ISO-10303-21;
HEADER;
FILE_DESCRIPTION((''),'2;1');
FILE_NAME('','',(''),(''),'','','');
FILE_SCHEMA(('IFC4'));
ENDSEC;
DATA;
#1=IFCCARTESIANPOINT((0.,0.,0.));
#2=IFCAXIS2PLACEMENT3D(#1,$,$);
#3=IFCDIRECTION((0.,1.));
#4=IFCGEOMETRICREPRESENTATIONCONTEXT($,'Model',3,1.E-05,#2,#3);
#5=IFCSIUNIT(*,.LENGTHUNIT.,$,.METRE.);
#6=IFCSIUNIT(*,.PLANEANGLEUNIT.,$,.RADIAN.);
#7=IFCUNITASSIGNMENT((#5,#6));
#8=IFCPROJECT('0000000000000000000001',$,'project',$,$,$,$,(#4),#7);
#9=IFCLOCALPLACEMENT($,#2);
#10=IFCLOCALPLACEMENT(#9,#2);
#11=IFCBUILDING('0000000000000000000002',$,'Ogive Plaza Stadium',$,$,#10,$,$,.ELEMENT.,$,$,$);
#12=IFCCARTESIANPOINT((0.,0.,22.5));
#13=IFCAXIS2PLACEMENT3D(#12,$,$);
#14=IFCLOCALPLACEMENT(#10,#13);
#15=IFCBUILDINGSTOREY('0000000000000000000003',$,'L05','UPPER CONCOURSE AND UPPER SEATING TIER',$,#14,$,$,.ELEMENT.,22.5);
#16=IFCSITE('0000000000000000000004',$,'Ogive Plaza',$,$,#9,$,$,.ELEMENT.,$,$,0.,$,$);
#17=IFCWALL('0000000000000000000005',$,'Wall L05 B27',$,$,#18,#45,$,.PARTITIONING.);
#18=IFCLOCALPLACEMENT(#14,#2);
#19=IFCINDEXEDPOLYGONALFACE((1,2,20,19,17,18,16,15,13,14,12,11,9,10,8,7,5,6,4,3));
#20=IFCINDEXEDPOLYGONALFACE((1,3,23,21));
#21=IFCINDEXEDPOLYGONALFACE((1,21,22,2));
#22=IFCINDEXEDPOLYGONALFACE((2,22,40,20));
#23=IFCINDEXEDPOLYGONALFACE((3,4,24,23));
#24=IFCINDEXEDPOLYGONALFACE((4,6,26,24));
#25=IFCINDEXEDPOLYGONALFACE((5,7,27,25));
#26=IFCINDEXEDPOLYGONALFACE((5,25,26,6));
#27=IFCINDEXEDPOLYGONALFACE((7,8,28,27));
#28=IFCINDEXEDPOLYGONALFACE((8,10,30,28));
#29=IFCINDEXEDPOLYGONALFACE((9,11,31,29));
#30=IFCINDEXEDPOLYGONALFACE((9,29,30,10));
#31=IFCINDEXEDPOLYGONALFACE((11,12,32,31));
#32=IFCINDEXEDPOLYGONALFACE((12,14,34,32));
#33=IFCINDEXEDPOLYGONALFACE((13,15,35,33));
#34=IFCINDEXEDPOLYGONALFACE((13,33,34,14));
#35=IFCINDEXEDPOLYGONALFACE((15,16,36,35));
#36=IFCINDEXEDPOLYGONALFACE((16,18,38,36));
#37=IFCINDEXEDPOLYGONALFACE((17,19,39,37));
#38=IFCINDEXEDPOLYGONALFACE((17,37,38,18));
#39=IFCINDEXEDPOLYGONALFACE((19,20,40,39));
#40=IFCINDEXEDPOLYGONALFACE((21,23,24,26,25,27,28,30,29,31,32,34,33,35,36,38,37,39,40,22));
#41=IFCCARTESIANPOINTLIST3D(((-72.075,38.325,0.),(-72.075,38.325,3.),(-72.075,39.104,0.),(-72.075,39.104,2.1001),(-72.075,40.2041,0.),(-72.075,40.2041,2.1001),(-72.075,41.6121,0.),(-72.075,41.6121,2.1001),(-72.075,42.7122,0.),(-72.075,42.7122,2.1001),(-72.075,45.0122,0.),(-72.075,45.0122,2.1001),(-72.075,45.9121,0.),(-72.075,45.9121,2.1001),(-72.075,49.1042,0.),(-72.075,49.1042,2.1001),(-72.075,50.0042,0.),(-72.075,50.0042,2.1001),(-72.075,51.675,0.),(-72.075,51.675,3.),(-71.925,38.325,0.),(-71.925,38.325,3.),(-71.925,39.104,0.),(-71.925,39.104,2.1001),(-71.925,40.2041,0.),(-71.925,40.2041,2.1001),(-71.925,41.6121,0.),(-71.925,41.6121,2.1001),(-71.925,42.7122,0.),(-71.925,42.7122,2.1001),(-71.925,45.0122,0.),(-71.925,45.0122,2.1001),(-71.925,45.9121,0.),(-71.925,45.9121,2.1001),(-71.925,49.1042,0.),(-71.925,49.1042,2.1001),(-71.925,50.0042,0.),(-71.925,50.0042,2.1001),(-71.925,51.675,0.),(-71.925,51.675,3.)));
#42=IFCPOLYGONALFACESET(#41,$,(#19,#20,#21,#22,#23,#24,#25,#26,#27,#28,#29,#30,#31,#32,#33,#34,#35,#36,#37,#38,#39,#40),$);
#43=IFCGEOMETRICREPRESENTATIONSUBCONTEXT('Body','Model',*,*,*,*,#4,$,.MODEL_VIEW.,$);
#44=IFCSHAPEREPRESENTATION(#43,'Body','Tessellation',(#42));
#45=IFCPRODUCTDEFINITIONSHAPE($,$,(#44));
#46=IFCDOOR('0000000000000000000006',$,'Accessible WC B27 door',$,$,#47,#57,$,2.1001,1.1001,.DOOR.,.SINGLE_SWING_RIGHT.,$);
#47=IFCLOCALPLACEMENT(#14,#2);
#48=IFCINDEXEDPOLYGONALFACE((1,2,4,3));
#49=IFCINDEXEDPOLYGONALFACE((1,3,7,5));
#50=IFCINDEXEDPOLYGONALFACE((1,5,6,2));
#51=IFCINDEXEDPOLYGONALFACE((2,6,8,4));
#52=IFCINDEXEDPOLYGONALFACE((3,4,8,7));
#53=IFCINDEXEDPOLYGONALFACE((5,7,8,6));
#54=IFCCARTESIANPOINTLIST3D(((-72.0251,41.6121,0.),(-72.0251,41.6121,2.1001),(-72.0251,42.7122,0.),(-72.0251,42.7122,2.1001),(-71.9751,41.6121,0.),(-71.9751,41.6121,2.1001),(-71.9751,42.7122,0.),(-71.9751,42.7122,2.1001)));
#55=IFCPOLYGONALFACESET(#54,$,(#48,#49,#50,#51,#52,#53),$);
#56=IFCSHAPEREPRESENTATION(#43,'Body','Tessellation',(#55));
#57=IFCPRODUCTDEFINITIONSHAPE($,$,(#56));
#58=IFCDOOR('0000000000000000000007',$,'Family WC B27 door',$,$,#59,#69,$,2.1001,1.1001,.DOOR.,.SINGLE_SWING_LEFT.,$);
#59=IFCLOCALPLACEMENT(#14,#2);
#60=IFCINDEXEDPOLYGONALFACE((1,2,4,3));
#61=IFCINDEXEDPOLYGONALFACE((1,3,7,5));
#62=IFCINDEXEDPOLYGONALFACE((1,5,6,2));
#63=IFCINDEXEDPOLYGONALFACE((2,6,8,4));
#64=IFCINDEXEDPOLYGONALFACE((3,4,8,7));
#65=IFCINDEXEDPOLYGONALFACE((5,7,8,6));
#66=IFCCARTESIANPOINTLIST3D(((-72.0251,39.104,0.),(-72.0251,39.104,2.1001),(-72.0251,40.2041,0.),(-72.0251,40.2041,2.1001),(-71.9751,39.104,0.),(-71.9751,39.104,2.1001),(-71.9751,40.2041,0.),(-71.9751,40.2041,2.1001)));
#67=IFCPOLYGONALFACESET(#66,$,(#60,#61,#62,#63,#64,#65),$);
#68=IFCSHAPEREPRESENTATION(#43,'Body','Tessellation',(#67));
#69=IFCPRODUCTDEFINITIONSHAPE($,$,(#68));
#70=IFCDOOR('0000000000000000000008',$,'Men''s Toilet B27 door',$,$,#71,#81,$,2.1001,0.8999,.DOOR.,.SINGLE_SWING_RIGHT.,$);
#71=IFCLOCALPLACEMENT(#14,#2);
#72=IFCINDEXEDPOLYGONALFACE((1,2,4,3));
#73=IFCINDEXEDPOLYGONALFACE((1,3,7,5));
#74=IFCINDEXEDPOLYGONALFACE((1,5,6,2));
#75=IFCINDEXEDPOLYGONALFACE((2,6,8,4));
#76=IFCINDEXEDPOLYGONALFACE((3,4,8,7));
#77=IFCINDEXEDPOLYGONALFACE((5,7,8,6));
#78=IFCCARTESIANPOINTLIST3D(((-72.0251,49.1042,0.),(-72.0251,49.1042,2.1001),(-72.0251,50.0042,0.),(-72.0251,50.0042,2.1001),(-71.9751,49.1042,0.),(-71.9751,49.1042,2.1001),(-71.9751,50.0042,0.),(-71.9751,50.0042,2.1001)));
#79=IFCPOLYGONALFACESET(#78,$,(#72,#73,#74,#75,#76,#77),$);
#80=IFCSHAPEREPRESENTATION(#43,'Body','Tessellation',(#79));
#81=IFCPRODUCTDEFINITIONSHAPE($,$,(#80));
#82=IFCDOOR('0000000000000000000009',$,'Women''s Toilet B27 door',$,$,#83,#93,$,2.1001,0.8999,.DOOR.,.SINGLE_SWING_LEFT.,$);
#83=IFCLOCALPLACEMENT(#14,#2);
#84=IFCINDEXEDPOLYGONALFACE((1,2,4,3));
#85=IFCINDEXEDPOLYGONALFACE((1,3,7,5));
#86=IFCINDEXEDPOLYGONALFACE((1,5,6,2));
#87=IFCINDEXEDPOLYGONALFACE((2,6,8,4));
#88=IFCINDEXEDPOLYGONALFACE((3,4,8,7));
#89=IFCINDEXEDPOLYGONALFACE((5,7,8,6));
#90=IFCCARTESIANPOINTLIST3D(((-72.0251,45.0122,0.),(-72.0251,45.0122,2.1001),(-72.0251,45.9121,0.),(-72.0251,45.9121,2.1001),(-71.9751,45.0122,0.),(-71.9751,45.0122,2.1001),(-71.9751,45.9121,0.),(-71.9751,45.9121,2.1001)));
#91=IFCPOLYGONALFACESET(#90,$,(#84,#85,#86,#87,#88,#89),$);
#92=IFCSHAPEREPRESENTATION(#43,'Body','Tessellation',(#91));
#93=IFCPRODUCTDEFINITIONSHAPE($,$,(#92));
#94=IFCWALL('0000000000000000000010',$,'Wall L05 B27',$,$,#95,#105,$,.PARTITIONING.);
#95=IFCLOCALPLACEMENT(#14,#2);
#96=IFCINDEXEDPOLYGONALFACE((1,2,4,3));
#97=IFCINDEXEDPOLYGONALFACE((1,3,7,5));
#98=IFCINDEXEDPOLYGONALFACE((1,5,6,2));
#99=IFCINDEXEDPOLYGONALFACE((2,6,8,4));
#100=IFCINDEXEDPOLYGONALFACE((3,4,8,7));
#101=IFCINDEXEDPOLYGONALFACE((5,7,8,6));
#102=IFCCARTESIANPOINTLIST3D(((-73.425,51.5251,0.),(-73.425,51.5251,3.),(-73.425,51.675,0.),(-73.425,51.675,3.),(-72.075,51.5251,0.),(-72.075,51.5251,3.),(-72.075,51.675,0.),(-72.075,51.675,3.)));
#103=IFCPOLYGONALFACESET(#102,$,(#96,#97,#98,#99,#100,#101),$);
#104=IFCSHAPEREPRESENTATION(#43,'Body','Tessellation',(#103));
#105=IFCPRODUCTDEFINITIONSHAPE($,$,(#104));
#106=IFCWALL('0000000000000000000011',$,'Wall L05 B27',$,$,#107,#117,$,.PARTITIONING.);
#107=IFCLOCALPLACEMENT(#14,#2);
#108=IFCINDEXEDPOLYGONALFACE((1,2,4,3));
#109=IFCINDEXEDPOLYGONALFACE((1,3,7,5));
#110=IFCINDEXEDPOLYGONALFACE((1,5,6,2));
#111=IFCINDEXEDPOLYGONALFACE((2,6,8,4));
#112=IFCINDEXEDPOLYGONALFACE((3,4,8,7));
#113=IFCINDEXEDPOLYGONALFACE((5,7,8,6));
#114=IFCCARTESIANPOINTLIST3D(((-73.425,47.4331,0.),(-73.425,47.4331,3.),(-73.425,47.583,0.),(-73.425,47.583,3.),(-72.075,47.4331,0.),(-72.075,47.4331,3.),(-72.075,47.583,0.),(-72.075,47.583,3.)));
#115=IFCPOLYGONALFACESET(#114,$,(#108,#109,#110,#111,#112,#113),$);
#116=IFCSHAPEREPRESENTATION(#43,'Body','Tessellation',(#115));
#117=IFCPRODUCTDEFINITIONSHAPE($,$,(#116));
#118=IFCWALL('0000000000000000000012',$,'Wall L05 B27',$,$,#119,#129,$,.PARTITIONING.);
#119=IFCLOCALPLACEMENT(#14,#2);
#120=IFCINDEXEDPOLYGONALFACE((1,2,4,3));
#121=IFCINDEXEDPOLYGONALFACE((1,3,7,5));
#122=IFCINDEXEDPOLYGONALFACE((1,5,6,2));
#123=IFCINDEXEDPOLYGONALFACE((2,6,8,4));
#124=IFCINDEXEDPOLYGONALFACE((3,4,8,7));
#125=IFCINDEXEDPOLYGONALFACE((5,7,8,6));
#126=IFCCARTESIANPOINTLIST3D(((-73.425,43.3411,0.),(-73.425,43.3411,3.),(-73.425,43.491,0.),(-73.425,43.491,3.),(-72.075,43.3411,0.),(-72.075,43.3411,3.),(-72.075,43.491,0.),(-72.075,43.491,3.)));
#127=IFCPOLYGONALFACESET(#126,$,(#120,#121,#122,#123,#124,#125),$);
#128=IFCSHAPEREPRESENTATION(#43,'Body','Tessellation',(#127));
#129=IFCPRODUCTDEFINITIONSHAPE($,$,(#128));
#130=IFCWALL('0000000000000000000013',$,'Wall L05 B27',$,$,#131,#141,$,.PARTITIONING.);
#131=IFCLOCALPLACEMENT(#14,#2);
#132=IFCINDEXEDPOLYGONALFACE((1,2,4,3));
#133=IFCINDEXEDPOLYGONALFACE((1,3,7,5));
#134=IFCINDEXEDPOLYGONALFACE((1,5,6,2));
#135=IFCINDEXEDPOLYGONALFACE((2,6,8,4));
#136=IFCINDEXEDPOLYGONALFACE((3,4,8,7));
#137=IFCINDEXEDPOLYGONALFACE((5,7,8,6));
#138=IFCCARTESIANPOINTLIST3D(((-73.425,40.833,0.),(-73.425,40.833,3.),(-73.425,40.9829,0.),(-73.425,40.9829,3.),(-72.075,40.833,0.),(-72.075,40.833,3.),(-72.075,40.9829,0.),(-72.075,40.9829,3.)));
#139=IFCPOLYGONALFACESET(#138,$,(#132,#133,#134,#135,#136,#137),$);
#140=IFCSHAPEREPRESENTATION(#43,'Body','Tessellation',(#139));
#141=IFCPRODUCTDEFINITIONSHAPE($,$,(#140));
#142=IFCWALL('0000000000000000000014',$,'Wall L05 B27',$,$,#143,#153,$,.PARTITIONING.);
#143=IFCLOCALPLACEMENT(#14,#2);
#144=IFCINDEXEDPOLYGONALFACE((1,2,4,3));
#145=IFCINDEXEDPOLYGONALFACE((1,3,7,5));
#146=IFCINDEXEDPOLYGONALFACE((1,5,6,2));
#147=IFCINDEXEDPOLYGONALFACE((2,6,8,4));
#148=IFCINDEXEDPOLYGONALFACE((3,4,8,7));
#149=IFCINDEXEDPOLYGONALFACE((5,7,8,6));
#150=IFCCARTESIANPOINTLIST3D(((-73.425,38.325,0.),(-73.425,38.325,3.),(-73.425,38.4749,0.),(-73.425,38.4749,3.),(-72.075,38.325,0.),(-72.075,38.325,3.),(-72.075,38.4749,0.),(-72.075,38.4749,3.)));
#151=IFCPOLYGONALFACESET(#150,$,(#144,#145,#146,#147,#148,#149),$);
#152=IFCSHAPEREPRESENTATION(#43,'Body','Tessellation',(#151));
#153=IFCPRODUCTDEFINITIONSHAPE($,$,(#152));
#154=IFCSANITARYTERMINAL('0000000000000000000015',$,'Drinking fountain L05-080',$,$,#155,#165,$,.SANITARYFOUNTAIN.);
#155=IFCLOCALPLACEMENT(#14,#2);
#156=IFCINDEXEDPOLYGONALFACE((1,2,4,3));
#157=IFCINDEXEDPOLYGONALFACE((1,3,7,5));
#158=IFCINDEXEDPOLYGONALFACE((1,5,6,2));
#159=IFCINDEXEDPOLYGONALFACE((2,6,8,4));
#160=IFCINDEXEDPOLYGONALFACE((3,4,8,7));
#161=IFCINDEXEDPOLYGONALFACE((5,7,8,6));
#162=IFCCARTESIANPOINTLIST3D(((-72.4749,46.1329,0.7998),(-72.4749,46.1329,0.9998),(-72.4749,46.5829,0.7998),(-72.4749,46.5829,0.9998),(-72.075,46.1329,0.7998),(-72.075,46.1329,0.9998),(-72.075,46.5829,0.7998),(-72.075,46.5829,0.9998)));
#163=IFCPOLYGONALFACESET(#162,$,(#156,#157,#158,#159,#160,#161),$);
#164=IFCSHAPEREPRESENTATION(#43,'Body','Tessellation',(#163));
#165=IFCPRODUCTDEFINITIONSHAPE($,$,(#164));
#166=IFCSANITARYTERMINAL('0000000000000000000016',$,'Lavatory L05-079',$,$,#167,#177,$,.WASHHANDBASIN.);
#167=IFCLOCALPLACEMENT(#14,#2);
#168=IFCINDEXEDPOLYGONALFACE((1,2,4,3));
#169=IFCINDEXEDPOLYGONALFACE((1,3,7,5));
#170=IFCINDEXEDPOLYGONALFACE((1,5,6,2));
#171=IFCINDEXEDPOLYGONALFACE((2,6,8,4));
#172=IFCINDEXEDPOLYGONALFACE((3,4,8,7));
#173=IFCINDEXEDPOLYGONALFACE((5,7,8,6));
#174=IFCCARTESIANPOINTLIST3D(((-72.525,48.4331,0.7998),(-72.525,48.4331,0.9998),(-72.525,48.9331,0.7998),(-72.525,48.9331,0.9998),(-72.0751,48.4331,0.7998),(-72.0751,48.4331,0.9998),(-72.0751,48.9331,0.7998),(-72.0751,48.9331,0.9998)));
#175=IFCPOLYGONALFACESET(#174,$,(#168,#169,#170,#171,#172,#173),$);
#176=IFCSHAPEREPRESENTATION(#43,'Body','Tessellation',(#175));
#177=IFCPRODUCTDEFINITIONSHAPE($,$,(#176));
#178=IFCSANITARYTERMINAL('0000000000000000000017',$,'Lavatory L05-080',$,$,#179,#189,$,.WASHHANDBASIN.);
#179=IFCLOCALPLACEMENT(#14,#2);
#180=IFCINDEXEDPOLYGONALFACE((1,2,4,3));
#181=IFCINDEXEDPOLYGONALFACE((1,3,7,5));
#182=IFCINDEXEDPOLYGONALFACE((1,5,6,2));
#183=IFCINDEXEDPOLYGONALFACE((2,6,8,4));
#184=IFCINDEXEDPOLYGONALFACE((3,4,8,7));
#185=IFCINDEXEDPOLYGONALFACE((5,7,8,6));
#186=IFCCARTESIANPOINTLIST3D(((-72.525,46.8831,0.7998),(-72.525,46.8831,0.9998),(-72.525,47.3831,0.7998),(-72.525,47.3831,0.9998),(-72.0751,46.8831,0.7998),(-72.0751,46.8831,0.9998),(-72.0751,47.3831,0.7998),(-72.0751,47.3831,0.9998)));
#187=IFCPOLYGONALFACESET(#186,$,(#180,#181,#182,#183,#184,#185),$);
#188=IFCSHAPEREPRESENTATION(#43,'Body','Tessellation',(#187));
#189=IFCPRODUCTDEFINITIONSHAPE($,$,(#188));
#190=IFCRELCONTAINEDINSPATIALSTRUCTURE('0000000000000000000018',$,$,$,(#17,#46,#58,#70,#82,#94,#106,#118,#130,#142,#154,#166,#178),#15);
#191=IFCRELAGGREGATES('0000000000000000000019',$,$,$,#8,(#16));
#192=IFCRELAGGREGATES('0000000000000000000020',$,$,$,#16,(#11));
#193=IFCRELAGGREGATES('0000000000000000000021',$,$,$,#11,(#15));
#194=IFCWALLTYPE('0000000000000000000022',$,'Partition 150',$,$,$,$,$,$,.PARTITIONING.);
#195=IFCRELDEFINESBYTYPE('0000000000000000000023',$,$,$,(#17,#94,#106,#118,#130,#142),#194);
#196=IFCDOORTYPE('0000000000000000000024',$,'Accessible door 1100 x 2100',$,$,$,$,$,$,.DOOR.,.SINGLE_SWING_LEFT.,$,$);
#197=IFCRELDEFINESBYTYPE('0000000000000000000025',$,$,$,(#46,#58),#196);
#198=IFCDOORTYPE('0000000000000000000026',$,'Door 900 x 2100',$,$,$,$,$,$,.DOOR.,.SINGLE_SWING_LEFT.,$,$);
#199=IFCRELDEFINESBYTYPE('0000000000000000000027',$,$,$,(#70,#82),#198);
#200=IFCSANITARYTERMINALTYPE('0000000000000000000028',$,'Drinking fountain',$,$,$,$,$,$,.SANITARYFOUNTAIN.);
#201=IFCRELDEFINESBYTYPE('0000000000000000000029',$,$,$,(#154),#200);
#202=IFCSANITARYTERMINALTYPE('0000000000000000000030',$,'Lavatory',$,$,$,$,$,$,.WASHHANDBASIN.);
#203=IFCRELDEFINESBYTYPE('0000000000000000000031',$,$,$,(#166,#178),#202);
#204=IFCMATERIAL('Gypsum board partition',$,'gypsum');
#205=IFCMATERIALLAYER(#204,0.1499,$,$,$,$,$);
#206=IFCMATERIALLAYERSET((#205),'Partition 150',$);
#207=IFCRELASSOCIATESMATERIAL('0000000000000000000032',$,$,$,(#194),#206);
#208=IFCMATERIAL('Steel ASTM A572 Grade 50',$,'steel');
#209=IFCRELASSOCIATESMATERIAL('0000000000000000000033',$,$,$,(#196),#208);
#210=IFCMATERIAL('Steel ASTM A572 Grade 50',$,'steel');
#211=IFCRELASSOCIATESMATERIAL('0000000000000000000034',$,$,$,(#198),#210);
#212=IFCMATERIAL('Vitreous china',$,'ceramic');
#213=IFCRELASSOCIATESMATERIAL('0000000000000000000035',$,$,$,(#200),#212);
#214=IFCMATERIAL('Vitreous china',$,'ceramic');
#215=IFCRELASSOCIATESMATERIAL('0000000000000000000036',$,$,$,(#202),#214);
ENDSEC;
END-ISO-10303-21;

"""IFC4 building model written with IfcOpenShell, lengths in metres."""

from ifc_helpers import new_model, si_unit, direction, frame, frame_2d, origin, origin_2d, place, context, subcontext, project, spatial, rectangle, extrude, material, layer, layer_set, type_object, element, fill, save


model = new_model("IFC4")

# Units and contexts
model_context = context("Model", 3, precision=1e-05, world=origin(), true_north=direction((0.0, 1.0)))
body_context = subcontext(model_context, "Body", "Model", "MODEL_VIEW")
ifc_project = project(units=[si_unit("LENGTHUNIT", "METRE"), si_unit("PLANEANGLEUNIT", "RADIAN")], contexts=[model_context])

# Site, building, storey
site_placement = place(None, origin())
site = spatial("IfcSite", under=ifc_project, at=site_placement, Name="Ogive Plaza", CompositionType="ELEMENT", RefElevation=0.0)
building_placement = place(site_placement, origin())
building = spatial("IfcBuilding", under=site, at=building_placement, Name="Ogive Plaza Stadium", CompositionType="ELEMENT")
storey_placement = place(building_placement, frame((0.0, 0.0, 22.5)))
storey = spatial("IfcBuildingStorey", under=building, at=storey_placement, Name="L05", Description="UPPER CONCOURSE AND UPPER SEATING TIER", CompositionType="ELEMENT", Elevation=22.5)

# Wall, openings, doors
ifc_material_1 = material(Name="Gypsum board partition", Category="gypsum")
ifc_layer_1 = layer(ifc_material_1, 0.1499)
ifc_layer_set_1 = layer_set([ifc_layer_1], Name="Partition 150")
wall_type_1 = type_object("IfcWallType", Name="Partition 150", PredefinedType="PARTITIONING", material=ifc_layer_set_1)
wall_1_placement = place(storey_placement, frame((-72.0, 51.675, 0.0), z_axis=(0.0, 0.0, 1.0), x_axis=(0.0, -1.0, 0.0)))
wall_1 = element("IfcWall", 1, at=wall_1_placement, inside=storey, type_object=wall_type_1, Name="Wall L05 B27", PredefinedType="PARTITIONING", context=body_context, shape_type="SweptSolid", body=[
    extrude(rectangle(XDim=13.3501, YDim=0.1499, at=frame_2d((6.675, 0.0))), origin(), (0.0, 0.0, 1.0), 3.0),
])
opening_1_placement = place(wall_1_placement, frame((1.6709, 0.0, 0.0)))
opening_1 = element("IfcOpeningElement", 2, at=opening_1_placement, cuts=wall_1, PredefinedType="OPENING", context=body_context, shape_type="SweptSolid", body=[
    extrude(rectangle(XDim=0.8999, YDim=2.1001, at=frame_2d((0.45, 1.05))), frame((0.0, 0.075, 0.0), z_axis=(0.0, -1.0, 0.0), x_axis=(1.0, 0.0, 0.0)), (0.0, 0.0, 1.0), 0.1499),
])
opening_2_placement = place(wall_1_placement, frame((5.7629, 0.0, 0.0)))
opening_2 = element("IfcOpeningElement", 3, at=opening_2_placement, cuts=wall_1, PredefinedType="OPENING", context=body_context, shape_type="SweptSolid", body=[
    extrude(rectangle(XDim=0.8999, YDim=2.1001, at=frame_2d((0.45, 1.05))), frame((0.0, 0.075, 0.0), z_axis=(0.0, -1.0, 0.0), x_axis=(1.0, 0.0, 0.0)), (0.0, 0.0, 1.0), 0.1499),
])
opening_3_placement = place(wall_1_placement, frame((8.9629, 0.0, 0.0)))
opening_3 = element("IfcOpeningElement", 4, at=opening_3_placement, cuts=wall_1, PredefinedType="OPENING", context=body_context, shape_type="SweptSolid", body=[
    extrude(rectangle(XDim=1.1001, YDim=2.1001, at=frame_2d((0.55, 1.05))), frame((0.0, 0.075, 0.0), z_axis=(0.0, -1.0, 0.0), x_axis=(1.0, 0.0, 0.0)), (0.0, 0.0, 1.0), 0.1499),
])
opening_4_placement = place(wall_1_placement, frame((11.4709, 0.0, 0.0)))
opening_4 = element("IfcOpeningElement", 5, at=opening_4_placement, cuts=wall_1, PredefinedType="OPENING", context=body_context, shape_type="SweptSolid", body=[
    extrude(rectangle(XDim=1.1001, YDim=2.1001, at=frame_2d((0.55, 1.05))), frame((0.0, 0.075, 0.0), z_axis=(0.0, -1.0, 0.0), x_axis=(1.0, 0.0, 0.0)), (0.0, 0.0, 1.0), 0.1499),
])
ifc_material_2 = material(Name="Steel ASTM A572 Grade 50", Category="steel")
door_type_1 = type_object("IfcDoorType", Name="Accessible door 1100 x 2100", OperationType="SINGLE_SWING_LEFT", PredefinedType="DOOR", material=ifc_material_2)
door_1_placement = place(opening_3_placement, origin())
door_1 = element("IfcDoor", 6, at=door_1_placement, inside=storey, type_object=door_type_1, Name="Accessible WC B27 door", OperationType="SINGLE_SWING_RIGHT", OverallHeight=2.1001, OverallWidth=1.1001, PredefinedType="DOOR", context=body_context, shape_type="SweptSolid", body=[
    extrude(rectangle(XDim=1.1001, YDim=2.1001, at=frame_2d((0.55, 1.05))), frame((0.0, 0.0249, 0.0), z_axis=(0.0, -1.0, 0.0), x_axis=(1.0, 0.0, 0.0)), (0.0, 0.0, 1.0), 0.05),
])
fill(opening_3, door_1)
door_2_placement = place(opening_4_placement, origin())
door_2 = element("IfcDoor", 7, at=door_2_placement, inside=storey, type_object=door_type_1, Name="Family WC B27 door", OperationType="SINGLE_SWING_LEFT", OverallHeight=2.1001, OverallWidth=1.1001, PredefinedType="DOOR", context=body_context, shape_type="SweptSolid", body=[
    extrude(rectangle(XDim=1.1001, YDim=2.1001, at=frame_2d((0.55, 1.05))), frame((0.0, 0.0249, 0.0), z_axis=(0.0, -1.0, 0.0), x_axis=(1.0, 0.0, 0.0)), (0.0, 0.0, 1.0), 0.05),
])
fill(opening_4, door_2)
ifc_material_3 = material(Name="Steel ASTM A572 Grade 50", Category="steel")
door_type_2 = type_object("IfcDoorType", Name="Door 900 x 2100", OperationType="SINGLE_SWING_LEFT", PredefinedType="DOOR", material=ifc_material_3)
door_3_placement = place(opening_1_placement, origin())
door_3 = element("IfcDoor", 8, at=door_3_placement, inside=storey, type_object=door_type_2, Name="Men's Toilet B27 door", OperationType="SINGLE_SWING_RIGHT", OverallHeight=2.1001, OverallWidth=0.8999, PredefinedType="DOOR", context=body_context, shape_type="SweptSolid", body=[
    extrude(rectangle(XDim=0.8999, YDim=2.1001, at=frame_2d((0.45, 1.05))), frame((0.0, 0.0249, 0.0), z_axis=(0.0, -1.0, 0.0), x_axis=(1.0, 0.0, 0.0)), (0.0, 0.0, 1.0), 0.05),
])
fill(opening_1, door_3)
door_4_placement = place(opening_2_placement, origin())
door_4 = element("IfcDoor", 9, at=door_4_placement, inside=storey, type_object=door_type_2, Name="Women's Toilet B27 door", OperationType="SINGLE_SWING_LEFT", OverallHeight=2.1001, OverallWidth=0.8999, PredefinedType="DOOR", context=body_context, shape_type="SweptSolid", body=[
    extrude(rectangle(XDim=0.8999, YDim=2.1001, at=frame_2d((0.45, 1.05))), frame((0.0, 0.0249, 0.0), z_axis=(0.0, -1.0, 0.0), x_axis=(1.0, 0.0, 0.0)), (0.0, 0.0, 1.0), 0.05),
])
fill(opening_2, door_4)

# Walls
for number, where, z_axis, x_axis, name in (
    (10, (-72.075, 51.6001, 0.0), (0.0, 0.0, 1.0), (-1.0, 0.0, 0.0), "Wall L05 B27"),
    (11, (-72.075, 47.5081, 0.0), (0.0, 0.0, 1.0), (-1.0, 0.0, 0.0), "Wall L05 B27"),
    (12, (-72.075, 43.416, 0.0), (0.0, 0.0, 1.0), (-1.0, 0.0, 0.0), "Wall L05 B27"),
    (13, (-72.075, 40.908, 0.0), (0.0, 0.0, 1.0), (-1.0, 0.0, 0.0), "Wall L05 B27"),
    (14, (-72.075, 38.3999, 0.0), (0.0, 0.0, 1.0), (-1.0, 0.0, 0.0), "Wall L05 B27"),
):
    element("IfcWall", number, at=place(storey_placement, frame(where, z_axis=z_axis, x_axis=x_axis)), inside=storey, type_object=wall_type_1, Name=name, PredefinedType="PARTITIONING", context=body_context, shape_type="SweptSolid", body=[
        extrude(rectangle(XDim=1.3501, YDim=0.1499, at=frame_2d((0.675, 0.0))), origin(), (0.0, 0.0, 1.0), 3.0),
    ])

# Sanitary terminals
ifc_material_4 = material(Name="Vitreous china", Category="ceramic")
sanitary_terminal_type_1 = type_object("IfcSanitaryTerminalType", Name="Drinking fountain", PredefinedType="SANITARYFOUNTAIN", material=ifc_material_4)
sanitary_terminal_1_placement = place(storey_placement, frame((-72.2749, 46.3579, 0.7998), z_axis=(0.0, 0.0, 1.0), x_axis=(0.0, -1.0, 0.0)))
element("IfcSanitaryTerminal", 15, at=sanitary_terminal_1_placement, inside=storey, type_object=sanitary_terminal_type_1, Name="Drinking fountain L05-080", PredefinedType="SANITARYFOUNTAIN", context=body_context, shape_type="SweptSolid", body=[
    extrude(rectangle(XDim=0.45, YDim=0.3999, at=origin_2d()), origin(), (0.0, 0.0, 1.0), 0.2),
])
ifc_material_5 = material(Name="Vitreous china", Category="ceramic")
sanitary_terminal_type_2 = type_object("IfcSanitaryTerminalType", Name="Lavatory", PredefinedType="WASHHANDBASIN", material=ifc_material_5)
for number, where, z_axis, x_axis, name in (
    (16, (-72.3, 48.6831, 0.7998), (0.0, 0.0, 1.0), (0.0, 1.0, 0.0), "Lavatory L05-079"),
    (17, (-72.3, 47.1331, 0.7998), (0.0, 0.0, 1.0), (0.0, -1.0, 0.0), "Lavatory L05-080"),
):
    element("IfcSanitaryTerminal", number, at=place(storey_placement, frame(where, z_axis=z_axis, x_axis=x_axis)), inside=storey, type_object=sanitary_terminal_type_2, Name=name, PredefinedType="WASHHANDBASIN", context=body_context, shape_type="SweptSolid", body=[
        extrude(rectangle(XDim=0.5, YDim=0.45, at=origin_2d()), origin(), (0.0, 0.0, 1.0), 0.2),
    ])

save(model, "model.ifc")
